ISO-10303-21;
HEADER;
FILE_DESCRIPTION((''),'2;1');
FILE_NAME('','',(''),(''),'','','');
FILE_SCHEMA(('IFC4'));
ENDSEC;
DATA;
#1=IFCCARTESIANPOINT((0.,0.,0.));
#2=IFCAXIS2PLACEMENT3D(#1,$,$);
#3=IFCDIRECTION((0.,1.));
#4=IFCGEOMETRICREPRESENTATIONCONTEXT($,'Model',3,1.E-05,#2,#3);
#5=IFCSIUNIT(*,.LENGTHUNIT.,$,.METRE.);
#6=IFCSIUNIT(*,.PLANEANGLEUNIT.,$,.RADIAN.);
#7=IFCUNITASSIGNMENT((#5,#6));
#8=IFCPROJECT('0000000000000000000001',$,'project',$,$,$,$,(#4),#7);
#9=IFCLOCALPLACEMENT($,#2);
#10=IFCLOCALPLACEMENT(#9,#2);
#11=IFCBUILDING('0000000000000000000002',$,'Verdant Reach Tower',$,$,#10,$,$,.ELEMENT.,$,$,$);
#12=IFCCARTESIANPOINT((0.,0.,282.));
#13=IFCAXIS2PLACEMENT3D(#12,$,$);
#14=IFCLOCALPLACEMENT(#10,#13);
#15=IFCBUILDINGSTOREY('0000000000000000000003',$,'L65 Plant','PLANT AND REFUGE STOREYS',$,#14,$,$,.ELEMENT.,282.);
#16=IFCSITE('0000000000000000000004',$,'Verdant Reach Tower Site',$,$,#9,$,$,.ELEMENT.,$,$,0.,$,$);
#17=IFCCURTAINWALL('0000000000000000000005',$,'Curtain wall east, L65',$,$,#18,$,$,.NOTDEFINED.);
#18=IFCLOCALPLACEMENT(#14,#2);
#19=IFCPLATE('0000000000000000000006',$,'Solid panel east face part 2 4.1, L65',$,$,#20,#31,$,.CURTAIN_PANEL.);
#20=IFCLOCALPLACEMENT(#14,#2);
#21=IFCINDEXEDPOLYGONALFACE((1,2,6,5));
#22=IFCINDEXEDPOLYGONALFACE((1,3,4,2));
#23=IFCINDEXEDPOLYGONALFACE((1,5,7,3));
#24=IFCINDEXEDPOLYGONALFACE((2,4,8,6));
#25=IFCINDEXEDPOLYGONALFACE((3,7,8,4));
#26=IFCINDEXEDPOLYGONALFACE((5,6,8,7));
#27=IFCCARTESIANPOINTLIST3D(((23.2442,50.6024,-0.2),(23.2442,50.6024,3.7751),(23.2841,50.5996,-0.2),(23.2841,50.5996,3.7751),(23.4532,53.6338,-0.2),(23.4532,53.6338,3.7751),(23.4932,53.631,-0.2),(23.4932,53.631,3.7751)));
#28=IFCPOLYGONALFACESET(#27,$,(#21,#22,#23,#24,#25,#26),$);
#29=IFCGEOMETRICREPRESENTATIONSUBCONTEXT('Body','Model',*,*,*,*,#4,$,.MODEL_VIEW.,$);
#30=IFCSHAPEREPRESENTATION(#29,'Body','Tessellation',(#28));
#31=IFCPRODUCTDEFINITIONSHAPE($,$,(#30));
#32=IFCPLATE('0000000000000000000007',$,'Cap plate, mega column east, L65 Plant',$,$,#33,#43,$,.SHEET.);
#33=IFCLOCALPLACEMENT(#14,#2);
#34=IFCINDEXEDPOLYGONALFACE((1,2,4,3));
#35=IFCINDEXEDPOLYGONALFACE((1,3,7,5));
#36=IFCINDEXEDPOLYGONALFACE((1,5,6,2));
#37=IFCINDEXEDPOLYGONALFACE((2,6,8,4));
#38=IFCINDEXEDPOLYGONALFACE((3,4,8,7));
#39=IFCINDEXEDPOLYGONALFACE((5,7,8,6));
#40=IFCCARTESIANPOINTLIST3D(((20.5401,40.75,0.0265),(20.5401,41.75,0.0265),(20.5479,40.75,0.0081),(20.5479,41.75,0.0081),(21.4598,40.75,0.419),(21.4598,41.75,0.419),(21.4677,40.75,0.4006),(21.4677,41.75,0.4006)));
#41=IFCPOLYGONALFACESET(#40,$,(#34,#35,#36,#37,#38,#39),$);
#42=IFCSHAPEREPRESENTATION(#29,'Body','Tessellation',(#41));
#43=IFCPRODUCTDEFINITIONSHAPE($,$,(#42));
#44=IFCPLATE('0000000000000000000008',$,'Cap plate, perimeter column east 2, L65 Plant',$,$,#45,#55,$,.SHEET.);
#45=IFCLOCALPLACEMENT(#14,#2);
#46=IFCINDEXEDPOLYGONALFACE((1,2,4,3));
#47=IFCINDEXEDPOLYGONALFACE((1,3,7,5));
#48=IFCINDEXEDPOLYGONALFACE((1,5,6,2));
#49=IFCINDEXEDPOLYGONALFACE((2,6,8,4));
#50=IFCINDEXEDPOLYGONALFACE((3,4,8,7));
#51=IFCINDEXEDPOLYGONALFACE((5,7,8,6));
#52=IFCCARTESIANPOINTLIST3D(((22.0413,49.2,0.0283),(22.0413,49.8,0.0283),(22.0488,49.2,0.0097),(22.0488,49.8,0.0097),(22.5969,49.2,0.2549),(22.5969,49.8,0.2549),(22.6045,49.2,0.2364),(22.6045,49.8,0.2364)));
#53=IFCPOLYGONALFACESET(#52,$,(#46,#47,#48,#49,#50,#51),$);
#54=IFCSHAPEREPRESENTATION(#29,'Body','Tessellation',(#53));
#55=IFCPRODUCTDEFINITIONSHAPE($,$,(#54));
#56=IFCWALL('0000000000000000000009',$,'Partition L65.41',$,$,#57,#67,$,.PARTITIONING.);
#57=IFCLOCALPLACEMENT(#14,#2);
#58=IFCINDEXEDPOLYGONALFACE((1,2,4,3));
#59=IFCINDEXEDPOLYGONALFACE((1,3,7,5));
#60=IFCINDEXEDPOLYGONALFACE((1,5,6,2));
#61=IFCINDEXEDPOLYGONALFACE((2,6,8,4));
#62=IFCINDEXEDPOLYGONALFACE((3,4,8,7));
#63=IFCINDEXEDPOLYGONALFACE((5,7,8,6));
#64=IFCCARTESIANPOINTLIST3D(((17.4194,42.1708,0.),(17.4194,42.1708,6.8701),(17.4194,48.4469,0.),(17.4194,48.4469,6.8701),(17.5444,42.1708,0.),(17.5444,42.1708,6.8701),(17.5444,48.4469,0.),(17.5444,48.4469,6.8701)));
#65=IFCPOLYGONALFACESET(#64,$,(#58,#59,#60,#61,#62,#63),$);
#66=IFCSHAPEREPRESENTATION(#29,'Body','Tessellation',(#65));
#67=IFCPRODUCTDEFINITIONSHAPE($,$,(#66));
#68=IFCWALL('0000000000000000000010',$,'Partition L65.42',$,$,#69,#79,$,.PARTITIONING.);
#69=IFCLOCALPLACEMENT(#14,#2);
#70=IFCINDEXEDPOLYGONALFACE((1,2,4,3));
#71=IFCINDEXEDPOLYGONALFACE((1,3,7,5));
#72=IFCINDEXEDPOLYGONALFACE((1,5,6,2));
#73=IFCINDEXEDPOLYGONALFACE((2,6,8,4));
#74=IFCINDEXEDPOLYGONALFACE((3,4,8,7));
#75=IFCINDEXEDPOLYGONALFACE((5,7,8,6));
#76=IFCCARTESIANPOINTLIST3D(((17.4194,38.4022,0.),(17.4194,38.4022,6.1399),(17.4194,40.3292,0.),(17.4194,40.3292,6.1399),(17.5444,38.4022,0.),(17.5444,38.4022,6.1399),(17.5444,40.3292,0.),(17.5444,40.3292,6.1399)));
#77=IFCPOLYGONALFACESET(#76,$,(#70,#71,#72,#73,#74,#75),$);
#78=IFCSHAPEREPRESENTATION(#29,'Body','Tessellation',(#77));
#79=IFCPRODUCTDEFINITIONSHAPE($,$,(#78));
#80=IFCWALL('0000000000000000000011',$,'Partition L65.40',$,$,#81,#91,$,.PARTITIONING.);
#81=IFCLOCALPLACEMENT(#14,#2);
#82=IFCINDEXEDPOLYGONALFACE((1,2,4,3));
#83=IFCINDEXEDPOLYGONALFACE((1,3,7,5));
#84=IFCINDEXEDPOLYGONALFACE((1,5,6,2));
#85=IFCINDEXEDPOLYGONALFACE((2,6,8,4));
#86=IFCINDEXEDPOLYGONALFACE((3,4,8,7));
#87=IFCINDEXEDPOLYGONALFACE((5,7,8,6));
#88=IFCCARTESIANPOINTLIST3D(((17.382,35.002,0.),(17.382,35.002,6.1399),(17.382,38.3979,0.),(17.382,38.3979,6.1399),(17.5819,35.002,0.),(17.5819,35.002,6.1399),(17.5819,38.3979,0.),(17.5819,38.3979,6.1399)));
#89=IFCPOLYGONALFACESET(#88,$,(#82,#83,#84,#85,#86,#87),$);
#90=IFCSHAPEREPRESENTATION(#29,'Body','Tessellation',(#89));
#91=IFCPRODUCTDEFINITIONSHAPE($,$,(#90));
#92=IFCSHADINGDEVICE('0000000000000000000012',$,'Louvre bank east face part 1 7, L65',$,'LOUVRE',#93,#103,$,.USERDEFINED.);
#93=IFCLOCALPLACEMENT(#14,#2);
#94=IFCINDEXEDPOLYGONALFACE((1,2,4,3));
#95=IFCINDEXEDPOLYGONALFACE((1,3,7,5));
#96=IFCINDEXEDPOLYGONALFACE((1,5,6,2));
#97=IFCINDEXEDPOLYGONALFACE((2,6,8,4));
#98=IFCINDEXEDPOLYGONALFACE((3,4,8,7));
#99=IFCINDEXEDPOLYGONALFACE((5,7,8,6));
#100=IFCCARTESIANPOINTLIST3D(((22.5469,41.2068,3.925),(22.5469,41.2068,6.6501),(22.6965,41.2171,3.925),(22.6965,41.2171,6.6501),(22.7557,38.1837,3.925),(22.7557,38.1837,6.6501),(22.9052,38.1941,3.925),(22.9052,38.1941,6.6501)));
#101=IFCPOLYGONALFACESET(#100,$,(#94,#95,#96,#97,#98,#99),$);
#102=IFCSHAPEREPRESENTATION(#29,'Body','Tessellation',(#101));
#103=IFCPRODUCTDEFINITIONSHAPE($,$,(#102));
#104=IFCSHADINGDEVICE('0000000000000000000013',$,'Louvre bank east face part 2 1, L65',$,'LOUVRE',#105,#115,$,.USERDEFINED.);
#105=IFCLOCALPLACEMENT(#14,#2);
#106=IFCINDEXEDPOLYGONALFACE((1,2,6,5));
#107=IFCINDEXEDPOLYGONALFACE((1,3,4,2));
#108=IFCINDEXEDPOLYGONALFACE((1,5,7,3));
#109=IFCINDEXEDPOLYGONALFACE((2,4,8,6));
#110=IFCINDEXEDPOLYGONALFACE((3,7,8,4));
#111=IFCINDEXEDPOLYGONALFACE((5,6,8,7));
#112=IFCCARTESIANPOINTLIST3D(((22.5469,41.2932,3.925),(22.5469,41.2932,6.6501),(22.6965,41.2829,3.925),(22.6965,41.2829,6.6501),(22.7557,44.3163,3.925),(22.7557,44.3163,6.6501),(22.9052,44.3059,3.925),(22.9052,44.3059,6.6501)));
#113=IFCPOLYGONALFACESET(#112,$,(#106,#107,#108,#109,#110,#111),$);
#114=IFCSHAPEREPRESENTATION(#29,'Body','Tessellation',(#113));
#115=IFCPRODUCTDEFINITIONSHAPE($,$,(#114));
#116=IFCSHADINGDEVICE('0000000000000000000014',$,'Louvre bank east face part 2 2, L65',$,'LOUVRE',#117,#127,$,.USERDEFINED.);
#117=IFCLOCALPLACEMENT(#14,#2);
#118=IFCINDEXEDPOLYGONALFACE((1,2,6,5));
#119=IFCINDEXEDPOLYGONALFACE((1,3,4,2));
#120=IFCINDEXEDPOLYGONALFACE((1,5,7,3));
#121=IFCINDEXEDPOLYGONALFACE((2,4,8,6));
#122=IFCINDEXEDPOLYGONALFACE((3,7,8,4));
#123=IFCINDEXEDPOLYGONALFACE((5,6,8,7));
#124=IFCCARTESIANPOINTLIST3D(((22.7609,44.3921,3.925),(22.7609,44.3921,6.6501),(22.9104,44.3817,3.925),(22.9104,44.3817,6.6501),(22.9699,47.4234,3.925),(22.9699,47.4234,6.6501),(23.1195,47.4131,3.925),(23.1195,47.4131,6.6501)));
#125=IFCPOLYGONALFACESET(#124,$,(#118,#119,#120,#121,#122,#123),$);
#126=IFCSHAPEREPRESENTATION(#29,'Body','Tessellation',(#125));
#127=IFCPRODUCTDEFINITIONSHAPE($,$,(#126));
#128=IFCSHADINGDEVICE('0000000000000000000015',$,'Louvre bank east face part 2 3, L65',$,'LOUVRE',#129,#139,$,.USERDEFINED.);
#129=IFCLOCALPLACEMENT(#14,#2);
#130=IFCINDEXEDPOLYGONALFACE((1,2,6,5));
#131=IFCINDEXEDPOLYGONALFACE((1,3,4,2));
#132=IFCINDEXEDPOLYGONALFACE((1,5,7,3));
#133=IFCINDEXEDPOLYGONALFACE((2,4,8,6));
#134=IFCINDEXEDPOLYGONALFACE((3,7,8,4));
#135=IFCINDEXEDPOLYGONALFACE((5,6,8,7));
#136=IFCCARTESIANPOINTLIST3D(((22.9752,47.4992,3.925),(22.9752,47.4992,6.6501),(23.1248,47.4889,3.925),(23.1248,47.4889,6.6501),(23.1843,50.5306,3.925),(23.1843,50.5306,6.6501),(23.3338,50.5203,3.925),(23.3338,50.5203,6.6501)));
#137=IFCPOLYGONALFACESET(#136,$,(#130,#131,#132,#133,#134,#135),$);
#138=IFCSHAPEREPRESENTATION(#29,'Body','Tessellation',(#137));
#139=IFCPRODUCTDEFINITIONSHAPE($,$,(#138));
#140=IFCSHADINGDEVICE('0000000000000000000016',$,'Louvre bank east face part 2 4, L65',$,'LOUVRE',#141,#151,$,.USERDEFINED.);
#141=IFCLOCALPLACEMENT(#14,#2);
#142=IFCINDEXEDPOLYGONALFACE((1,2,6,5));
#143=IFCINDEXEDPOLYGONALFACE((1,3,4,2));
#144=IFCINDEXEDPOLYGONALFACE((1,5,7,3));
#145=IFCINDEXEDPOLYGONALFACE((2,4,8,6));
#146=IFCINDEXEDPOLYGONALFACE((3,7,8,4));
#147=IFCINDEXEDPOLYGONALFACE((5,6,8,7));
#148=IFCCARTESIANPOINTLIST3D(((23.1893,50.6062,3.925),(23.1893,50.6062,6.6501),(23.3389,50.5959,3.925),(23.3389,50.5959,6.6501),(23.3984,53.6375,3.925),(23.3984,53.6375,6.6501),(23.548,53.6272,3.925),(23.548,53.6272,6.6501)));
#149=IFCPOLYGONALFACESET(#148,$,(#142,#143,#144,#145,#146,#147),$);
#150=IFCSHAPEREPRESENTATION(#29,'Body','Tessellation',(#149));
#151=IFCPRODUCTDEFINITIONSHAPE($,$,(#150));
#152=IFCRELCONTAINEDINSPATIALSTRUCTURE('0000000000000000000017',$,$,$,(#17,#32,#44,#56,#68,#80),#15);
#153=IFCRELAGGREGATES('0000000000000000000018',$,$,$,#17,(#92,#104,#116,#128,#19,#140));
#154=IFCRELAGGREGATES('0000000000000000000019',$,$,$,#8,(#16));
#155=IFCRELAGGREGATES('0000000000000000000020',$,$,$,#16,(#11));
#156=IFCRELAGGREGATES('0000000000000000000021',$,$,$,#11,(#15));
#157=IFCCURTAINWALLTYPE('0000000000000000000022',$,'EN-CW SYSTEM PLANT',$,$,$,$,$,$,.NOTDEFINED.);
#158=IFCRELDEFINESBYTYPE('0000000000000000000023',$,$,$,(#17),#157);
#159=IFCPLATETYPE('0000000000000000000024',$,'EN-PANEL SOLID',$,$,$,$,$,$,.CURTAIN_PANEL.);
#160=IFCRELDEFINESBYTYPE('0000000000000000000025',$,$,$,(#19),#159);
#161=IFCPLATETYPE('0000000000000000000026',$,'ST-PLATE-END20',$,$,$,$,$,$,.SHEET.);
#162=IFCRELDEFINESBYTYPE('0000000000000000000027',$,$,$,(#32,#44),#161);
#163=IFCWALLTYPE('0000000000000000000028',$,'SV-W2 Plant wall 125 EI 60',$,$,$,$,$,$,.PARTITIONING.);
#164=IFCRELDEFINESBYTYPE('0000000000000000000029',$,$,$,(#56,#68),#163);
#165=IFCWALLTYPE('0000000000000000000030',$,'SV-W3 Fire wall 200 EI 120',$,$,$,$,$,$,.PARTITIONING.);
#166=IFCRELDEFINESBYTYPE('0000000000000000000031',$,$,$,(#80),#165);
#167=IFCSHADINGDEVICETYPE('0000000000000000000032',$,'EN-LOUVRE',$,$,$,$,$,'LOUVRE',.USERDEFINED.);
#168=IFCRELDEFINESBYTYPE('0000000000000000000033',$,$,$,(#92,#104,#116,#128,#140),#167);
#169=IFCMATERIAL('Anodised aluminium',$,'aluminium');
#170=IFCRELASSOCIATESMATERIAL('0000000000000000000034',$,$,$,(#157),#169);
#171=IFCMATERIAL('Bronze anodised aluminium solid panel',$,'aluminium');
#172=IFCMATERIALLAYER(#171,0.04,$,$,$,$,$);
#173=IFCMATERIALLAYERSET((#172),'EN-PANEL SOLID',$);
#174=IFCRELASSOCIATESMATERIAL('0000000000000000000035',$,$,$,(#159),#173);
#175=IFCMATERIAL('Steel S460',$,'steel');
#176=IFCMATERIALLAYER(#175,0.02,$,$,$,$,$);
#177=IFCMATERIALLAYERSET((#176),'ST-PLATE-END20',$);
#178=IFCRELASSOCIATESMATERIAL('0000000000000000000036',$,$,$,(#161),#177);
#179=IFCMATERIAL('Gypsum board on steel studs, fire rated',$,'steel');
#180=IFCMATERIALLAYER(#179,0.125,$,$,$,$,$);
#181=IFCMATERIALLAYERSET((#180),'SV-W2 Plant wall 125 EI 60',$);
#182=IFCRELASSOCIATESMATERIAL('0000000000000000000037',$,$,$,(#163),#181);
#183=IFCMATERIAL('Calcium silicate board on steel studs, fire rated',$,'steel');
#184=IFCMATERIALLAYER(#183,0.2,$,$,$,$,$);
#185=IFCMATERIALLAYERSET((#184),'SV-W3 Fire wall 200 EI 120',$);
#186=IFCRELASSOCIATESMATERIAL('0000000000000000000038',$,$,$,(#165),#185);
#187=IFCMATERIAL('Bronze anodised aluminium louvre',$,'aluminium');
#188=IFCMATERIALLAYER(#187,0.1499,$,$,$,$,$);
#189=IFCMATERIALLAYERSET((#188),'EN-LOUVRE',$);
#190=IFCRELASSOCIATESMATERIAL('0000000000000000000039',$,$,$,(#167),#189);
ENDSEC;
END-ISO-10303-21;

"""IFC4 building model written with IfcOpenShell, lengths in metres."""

from ifc_helpers import new_model, si_unit, direction, frame, frame_2d, origin, origin_2d, place, context, subcontext, project, spatial, rectangle, extrude, material, layer, layer_set, type_object, element, aggregate, save


model = new_model("IFC4")

# Units and contexts
model_context = context("Model", 3, precision=1e-05, world=origin(), true_north=direction((0.0, 1.0)))
body_context = subcontext(model_context, "Body", "Model", "MODEL_VIEW")
ifc_project = project(units=[si_unit("LENGTHUNIT", "METRE"), si_unit("PLANEANGLEUNIT", "RADIAN")], contexts=[model_context])

# Site, building, storey
site_placement = place(None, origin())
site = spatial("IfcSite", under=ifc_project, at=site_placement, Name="Verdant Reach Tower Site", CompositionType="ELEMENT", RefElevation=0.0)
building_placement = place(site_placement, origin())
building = spatial("IfcBuilding", under=site, at=building_placement, Name="Verdant Reach Tower", CompositionType="ELEMENT")
storey_placement = place(building_placement, frame((0.0, 0.0, 282.0)))
storey = spatial("IfcBuildingStorey", under=building, at=storey_placement, Name="L65 Plant", Description="PLANT AND REFUGE STOREYS", CompositionType="ELEMENT", Elevation=282.0)

# Shared definitions
ifc_material_1 = material(Name="Steel S460", Category="steel")

# Curtain wall
ifc_material_2 = material(Name="Anodised aluminium", Category="aluminium")
curtain_wall_type = type_object("IfcCurtainWallType", Name="EN-CW SYSTEM PLANT", PredefinedType="NOTDEFINED", material=ifc_material_2)
curtain_wall_placement = place(storey_placement, origin())
curtain_wall = element("IfcCurtainWall", 1, at=curtain_wall_placement, inside=storey, type_object=curtain_wall_type, Name="Curtain wall east, L65", PredefinedType="NOTDEFINED")

# Plate
ifc_material_3 = material(Name="Bronze anodised aluminium solid panel", Category="aluminium")
ifc_layer_1 = layer(ifc_material_3, 0.04)
ifc_layer_set_1 = layer_set([ifc_layer_1], Name="EN-PANEL SOLID")
plate_type_1 = type_object("IfcPlateType", Name="EN-PANEL SOLID", PredefinedType="CURTAIN_PANEL", material=ifc_layer_set_1)
plate_1_placement = place(storey_placement, frame((23.3687, 52.1167, -0.2), z_axis=(0.0, 0.0, 1.0), x_axis=(0.068802, 0.99763, 0.0)))
plate_1 = element("IfcPlate", 2, at=plate_1_placement, type_object=plate_type_1, Name="Solid panel east face part 2 4.1, L65", PredefinedType="CURTAIN_PANEL", context=body_context, shape_type="SweptSolid", body=[
    extrude(rectangle(XDim=3.0386, YDim=0.04, at=origin_2d()), origin(), (0.0, 0.0, 1.0), 3.9751),
])

# Plates
ifc_layer_2 = layer(ifc_material_1, 0.02)
ifc_layer_set_2 = layer_set([ifc_layer_2], Name="ST-PLATE-END20")
plate_type_2 = type_object("IfcPlateType", Name="ST-PLATE-END20", PredefinedType="SHEET", material=ifc_layer_set_2)
plate_2_placement = place(storey_placement, frame((21.0078, 41.25, 0.2043), z_axis=(-0.392439, 0.0, 0.919778), x_axis=(0.0, -1.0, 0.0)))
element("IfcPlate", 3, at=plate_2_placement, inside=storey, type_object=plate_type_2, Name="Cap plate, mega column east, L65 Plant", PredefinedType="SHEET", context=body_context, shape_type="SweptSolid", body=[
    extrude(rectangle(XDim=1.0, YDim=1.0, at=origin_2d()), origin(), (0.0, 0.0, 1.0), 0.02),
])
plate_3_placement = place(storey_placement, frame((22.3267, 49.5, 0.123), z_axis=(-0.377684, 0.0, 0.925935), x_axis=(0.0, -1.0, 0.0)))
element("IfcPlate", 4, at=plate_3_placement, inside=storey, type_object=plate_type_2, Name="Cap plate, perimeter column east 2, L65 Plant", PredefinedType="SHEET", context=body_context, shape_type="SweptSolid", body=[
    extrude(rectangle(XDim=0.6001, YDim=0.6001, at=origin_2d()), origin(), (0.0, 0.0, 1.0), 0.02),
])

# Walls
ifc_material_4 = material(Name="Gypsum board on steel studs, fire rated", Category="steel")
ifc_layer_3 = layer(ifc_material_4, 0.125)
ifc_layer_set_3 = layer_set([ifc_layer_3], Name="SV-W2 Plant wall 125 EI 60")
wall_type_1 = type_object("IfcWallType", Name="SV-W2 Plant wall 125 EI 60", PredefinedType="PARTITIONING", material=ifc_layer_set_3)
wall_1_placement = place(storey_placement, frame((17.4819, 48.447, 0.0), z_axis=(0.0, 0.0, 1.0), x_axis=(0.0, -1.0, 0.0)))
element("IfcWall", 5, at=wall_1_placement, inside=storey, type_object=wall_type_1, Name="Partition L65.41", PredefinedType="PARTITIONING", context=body_context, shape_type="SweptSolid", body=[
    extrude(rectangle(XDim=6.2761, YDim=0.125, at=frame_2d((3.1382, 0.0))), origin(), (0.0, 0.0, 1.0), 6.8701),
])
wall_2_placement = place(storey_placement, frame((17.4819, 40.3291, 0.0), z_axis=(0.0, 0.0, 1.0), x_axis=(0.0, -1.0, 0.0)))
element("IfcWall", 6, at=wall_2_placement, inside=storey, type_object=wall_type_1, Name="Partition L65.42", PredefinedType="PARTITIONING", context=body_context, shape_type="SweptSolid", body=[
    extrude(rectangle(XDim=1.927, YDim=0.125, at=frame_2d((0.9634, 0.0))), origin(), (0.0, 0.0, 1.0), 6.1399),
])
ifc_material_5 = material(Name="Calcium silicate board on steel studs, fire rated", Category="steel")
ifc_layer_4 = layer(ifc_material_5, 0.2)
ifc_layer_set_4 = layer_set([ifc_layer_4], Name="SV-W3 Fire wall 200 EI 120")
wall_type_2 = type_object("IfcWallType", Name="SV-W3 Fire wall 200 EI 120", PredefinedType="PARTITIONING", material=ifc_layer_set_4)
wall_3_placement = place(storey_placement, frame((17.4819, 38.3979, 0.0), z_axis=(0.0, 0.0, 1.0), x_axis=(0.0, -1.0, 0.0)))
element("IfcWall", 7, at=wall_3_placement, inside=storey, type_object=wall_type_2, Name="Partition L65.40", PredefinedType="PARTITIONING", context=body_context, shape_type="SweptSolid", body=[
    extrude(rectangle(XDim=3.396, YDim=0.2, at=frame_2d((1.698, 0.0))), origin(), (0.0, 0.0, 1.0), 6.1399),
])

# Shading devices
ifc_material_6 = material(Name="Bronze anodised aluminium louvre", Category="aluminium")
ifc_layer_5 = layer(ifc_material_6, 0.1499)
ifc_layer_set_5 = layer_set([ifc_layer_5], Name="EN-LOUVRE")
shading_device_type = type_object("IfcShadingDeviceType", Name="EN-LOUVRE", ElementType="LOUVRE", PredefinedType="USERDEFINED", material=ifc_layer_set_5)
shading_device_1_placement = place(storey_placement, frame((22.7261, 39.7004, 3.925), z_axis=(0.0, 0.0, 1.0), x_axis=(-0.068893, 0.997624, 0.0)))
shading_device_1 = element("IfcShadingDevice", 8, at=shading_device_1_placement, type_object=shading_device_type, Name="Louvre bank east face part 1 7, L65", ObjectType="LOUVRE", PredefinedType="USERDEFINED", context=body_context, shape_type="SweptSolid", body=[
    extrude(rectangle(XDim=3.0303, YDim=0.1499, at=origin_2d()), origin(), (0.0, 0.0, 1.0), 2.7251),
])
shading_device_2_placement = place(storey_placement, frame((22.7261, 42.7996, 3.925), z_axis=(0.0, 0.0, 1.0), x_axis=(0.068893, 0.997624, 0.0)))
shading_device_2 = element("IfcShadingDevice", 9, at=shading_device_2_placement, type_object=shading_device_type, Name="Louvre bank east face part 2 1, L65", ObjectType="LOUVRE", PredefinedType="USERDEFINED", context=body_context, shape_type="SweptSolid", body=[
    extrude(rectangle(XDim=3.0303, YDim=0.1499, at=origin_2d()), origin(), (0.0, 0.0, 1.0), 2.7251),
])
shading_device_3_placement = place(storey_placement, frame((22.9402, 45.9026, 3.925), z_axis=(0.0, 0.0, 1.0), x_axis=(0.068802, 0.99763, 0.0)))
shading_device_3 = element("IfcShadingDevice", 10, at=shading_device_3_placement, type_object=shading_device_type, Name="Louvre bank east face part 2 2, L65", ObjectType="LOUVRE", PredefinedType="USERDEFINED", context=body_context, shape_type="SweptSolid", body=[
    extrude(rectangle(XDim=3.0386, YDim=0.1499, at=origin_2d()), origin(), (0.0, 0.0, 1.0), 2.7251),
])
shading_device_4_placement = place(storey_placement, frame((23.1545, 49.0098, 3.925), z_axis=(0.0, 0.0, 1.0), x_axis=(0.068802, 0.99763, 0.0)))
shading_device_4 = element("IfcShadingDevice", 11, at=shading_device_4_placement, type_object=shading_device_type, Name="Louvre bank east face part 2 3, L65", ObjectType="LOUVRE", PredefinedType="USERDEFINED", context=body_context, shape_type="SweptSolid", body=[
    extrude(rectangle(XDim=3.0386, YDim=0.1499, at=origin_2d()), origin(), (0.0, 0.0, 1.0), 2.7251),
])
shading_device_5_placement = place(storey_placement, frame((23.3687, 52.1167, 3.925), z_axis=(0.0, 0.0, 1.0), x_axis=(0.068802, 0.99763, 0.0)))
shading_device_5 = element("IfcShadingDevice", 12, at=shading_device_5_placement, type_object=shading_device_type, Name="Louvre bank east face part 2 4, L65", ObjectType="LOUVRE", PredefinedType="USERDEFINED", context=body_context, shape_type="SweptSolid", body=[
    extrude(rectangle(XDim=3.0386, YDim=0.1499, at=origin_2d()), origin(), (0.0, 0.0, 1.0), 2.7251),
])
aggregate(curtain_wall, [shading_device_1, shading_device_2, shading_device_3, shading_device_4, plate_1, shading_device_5])

save(model, "model.ifc")
